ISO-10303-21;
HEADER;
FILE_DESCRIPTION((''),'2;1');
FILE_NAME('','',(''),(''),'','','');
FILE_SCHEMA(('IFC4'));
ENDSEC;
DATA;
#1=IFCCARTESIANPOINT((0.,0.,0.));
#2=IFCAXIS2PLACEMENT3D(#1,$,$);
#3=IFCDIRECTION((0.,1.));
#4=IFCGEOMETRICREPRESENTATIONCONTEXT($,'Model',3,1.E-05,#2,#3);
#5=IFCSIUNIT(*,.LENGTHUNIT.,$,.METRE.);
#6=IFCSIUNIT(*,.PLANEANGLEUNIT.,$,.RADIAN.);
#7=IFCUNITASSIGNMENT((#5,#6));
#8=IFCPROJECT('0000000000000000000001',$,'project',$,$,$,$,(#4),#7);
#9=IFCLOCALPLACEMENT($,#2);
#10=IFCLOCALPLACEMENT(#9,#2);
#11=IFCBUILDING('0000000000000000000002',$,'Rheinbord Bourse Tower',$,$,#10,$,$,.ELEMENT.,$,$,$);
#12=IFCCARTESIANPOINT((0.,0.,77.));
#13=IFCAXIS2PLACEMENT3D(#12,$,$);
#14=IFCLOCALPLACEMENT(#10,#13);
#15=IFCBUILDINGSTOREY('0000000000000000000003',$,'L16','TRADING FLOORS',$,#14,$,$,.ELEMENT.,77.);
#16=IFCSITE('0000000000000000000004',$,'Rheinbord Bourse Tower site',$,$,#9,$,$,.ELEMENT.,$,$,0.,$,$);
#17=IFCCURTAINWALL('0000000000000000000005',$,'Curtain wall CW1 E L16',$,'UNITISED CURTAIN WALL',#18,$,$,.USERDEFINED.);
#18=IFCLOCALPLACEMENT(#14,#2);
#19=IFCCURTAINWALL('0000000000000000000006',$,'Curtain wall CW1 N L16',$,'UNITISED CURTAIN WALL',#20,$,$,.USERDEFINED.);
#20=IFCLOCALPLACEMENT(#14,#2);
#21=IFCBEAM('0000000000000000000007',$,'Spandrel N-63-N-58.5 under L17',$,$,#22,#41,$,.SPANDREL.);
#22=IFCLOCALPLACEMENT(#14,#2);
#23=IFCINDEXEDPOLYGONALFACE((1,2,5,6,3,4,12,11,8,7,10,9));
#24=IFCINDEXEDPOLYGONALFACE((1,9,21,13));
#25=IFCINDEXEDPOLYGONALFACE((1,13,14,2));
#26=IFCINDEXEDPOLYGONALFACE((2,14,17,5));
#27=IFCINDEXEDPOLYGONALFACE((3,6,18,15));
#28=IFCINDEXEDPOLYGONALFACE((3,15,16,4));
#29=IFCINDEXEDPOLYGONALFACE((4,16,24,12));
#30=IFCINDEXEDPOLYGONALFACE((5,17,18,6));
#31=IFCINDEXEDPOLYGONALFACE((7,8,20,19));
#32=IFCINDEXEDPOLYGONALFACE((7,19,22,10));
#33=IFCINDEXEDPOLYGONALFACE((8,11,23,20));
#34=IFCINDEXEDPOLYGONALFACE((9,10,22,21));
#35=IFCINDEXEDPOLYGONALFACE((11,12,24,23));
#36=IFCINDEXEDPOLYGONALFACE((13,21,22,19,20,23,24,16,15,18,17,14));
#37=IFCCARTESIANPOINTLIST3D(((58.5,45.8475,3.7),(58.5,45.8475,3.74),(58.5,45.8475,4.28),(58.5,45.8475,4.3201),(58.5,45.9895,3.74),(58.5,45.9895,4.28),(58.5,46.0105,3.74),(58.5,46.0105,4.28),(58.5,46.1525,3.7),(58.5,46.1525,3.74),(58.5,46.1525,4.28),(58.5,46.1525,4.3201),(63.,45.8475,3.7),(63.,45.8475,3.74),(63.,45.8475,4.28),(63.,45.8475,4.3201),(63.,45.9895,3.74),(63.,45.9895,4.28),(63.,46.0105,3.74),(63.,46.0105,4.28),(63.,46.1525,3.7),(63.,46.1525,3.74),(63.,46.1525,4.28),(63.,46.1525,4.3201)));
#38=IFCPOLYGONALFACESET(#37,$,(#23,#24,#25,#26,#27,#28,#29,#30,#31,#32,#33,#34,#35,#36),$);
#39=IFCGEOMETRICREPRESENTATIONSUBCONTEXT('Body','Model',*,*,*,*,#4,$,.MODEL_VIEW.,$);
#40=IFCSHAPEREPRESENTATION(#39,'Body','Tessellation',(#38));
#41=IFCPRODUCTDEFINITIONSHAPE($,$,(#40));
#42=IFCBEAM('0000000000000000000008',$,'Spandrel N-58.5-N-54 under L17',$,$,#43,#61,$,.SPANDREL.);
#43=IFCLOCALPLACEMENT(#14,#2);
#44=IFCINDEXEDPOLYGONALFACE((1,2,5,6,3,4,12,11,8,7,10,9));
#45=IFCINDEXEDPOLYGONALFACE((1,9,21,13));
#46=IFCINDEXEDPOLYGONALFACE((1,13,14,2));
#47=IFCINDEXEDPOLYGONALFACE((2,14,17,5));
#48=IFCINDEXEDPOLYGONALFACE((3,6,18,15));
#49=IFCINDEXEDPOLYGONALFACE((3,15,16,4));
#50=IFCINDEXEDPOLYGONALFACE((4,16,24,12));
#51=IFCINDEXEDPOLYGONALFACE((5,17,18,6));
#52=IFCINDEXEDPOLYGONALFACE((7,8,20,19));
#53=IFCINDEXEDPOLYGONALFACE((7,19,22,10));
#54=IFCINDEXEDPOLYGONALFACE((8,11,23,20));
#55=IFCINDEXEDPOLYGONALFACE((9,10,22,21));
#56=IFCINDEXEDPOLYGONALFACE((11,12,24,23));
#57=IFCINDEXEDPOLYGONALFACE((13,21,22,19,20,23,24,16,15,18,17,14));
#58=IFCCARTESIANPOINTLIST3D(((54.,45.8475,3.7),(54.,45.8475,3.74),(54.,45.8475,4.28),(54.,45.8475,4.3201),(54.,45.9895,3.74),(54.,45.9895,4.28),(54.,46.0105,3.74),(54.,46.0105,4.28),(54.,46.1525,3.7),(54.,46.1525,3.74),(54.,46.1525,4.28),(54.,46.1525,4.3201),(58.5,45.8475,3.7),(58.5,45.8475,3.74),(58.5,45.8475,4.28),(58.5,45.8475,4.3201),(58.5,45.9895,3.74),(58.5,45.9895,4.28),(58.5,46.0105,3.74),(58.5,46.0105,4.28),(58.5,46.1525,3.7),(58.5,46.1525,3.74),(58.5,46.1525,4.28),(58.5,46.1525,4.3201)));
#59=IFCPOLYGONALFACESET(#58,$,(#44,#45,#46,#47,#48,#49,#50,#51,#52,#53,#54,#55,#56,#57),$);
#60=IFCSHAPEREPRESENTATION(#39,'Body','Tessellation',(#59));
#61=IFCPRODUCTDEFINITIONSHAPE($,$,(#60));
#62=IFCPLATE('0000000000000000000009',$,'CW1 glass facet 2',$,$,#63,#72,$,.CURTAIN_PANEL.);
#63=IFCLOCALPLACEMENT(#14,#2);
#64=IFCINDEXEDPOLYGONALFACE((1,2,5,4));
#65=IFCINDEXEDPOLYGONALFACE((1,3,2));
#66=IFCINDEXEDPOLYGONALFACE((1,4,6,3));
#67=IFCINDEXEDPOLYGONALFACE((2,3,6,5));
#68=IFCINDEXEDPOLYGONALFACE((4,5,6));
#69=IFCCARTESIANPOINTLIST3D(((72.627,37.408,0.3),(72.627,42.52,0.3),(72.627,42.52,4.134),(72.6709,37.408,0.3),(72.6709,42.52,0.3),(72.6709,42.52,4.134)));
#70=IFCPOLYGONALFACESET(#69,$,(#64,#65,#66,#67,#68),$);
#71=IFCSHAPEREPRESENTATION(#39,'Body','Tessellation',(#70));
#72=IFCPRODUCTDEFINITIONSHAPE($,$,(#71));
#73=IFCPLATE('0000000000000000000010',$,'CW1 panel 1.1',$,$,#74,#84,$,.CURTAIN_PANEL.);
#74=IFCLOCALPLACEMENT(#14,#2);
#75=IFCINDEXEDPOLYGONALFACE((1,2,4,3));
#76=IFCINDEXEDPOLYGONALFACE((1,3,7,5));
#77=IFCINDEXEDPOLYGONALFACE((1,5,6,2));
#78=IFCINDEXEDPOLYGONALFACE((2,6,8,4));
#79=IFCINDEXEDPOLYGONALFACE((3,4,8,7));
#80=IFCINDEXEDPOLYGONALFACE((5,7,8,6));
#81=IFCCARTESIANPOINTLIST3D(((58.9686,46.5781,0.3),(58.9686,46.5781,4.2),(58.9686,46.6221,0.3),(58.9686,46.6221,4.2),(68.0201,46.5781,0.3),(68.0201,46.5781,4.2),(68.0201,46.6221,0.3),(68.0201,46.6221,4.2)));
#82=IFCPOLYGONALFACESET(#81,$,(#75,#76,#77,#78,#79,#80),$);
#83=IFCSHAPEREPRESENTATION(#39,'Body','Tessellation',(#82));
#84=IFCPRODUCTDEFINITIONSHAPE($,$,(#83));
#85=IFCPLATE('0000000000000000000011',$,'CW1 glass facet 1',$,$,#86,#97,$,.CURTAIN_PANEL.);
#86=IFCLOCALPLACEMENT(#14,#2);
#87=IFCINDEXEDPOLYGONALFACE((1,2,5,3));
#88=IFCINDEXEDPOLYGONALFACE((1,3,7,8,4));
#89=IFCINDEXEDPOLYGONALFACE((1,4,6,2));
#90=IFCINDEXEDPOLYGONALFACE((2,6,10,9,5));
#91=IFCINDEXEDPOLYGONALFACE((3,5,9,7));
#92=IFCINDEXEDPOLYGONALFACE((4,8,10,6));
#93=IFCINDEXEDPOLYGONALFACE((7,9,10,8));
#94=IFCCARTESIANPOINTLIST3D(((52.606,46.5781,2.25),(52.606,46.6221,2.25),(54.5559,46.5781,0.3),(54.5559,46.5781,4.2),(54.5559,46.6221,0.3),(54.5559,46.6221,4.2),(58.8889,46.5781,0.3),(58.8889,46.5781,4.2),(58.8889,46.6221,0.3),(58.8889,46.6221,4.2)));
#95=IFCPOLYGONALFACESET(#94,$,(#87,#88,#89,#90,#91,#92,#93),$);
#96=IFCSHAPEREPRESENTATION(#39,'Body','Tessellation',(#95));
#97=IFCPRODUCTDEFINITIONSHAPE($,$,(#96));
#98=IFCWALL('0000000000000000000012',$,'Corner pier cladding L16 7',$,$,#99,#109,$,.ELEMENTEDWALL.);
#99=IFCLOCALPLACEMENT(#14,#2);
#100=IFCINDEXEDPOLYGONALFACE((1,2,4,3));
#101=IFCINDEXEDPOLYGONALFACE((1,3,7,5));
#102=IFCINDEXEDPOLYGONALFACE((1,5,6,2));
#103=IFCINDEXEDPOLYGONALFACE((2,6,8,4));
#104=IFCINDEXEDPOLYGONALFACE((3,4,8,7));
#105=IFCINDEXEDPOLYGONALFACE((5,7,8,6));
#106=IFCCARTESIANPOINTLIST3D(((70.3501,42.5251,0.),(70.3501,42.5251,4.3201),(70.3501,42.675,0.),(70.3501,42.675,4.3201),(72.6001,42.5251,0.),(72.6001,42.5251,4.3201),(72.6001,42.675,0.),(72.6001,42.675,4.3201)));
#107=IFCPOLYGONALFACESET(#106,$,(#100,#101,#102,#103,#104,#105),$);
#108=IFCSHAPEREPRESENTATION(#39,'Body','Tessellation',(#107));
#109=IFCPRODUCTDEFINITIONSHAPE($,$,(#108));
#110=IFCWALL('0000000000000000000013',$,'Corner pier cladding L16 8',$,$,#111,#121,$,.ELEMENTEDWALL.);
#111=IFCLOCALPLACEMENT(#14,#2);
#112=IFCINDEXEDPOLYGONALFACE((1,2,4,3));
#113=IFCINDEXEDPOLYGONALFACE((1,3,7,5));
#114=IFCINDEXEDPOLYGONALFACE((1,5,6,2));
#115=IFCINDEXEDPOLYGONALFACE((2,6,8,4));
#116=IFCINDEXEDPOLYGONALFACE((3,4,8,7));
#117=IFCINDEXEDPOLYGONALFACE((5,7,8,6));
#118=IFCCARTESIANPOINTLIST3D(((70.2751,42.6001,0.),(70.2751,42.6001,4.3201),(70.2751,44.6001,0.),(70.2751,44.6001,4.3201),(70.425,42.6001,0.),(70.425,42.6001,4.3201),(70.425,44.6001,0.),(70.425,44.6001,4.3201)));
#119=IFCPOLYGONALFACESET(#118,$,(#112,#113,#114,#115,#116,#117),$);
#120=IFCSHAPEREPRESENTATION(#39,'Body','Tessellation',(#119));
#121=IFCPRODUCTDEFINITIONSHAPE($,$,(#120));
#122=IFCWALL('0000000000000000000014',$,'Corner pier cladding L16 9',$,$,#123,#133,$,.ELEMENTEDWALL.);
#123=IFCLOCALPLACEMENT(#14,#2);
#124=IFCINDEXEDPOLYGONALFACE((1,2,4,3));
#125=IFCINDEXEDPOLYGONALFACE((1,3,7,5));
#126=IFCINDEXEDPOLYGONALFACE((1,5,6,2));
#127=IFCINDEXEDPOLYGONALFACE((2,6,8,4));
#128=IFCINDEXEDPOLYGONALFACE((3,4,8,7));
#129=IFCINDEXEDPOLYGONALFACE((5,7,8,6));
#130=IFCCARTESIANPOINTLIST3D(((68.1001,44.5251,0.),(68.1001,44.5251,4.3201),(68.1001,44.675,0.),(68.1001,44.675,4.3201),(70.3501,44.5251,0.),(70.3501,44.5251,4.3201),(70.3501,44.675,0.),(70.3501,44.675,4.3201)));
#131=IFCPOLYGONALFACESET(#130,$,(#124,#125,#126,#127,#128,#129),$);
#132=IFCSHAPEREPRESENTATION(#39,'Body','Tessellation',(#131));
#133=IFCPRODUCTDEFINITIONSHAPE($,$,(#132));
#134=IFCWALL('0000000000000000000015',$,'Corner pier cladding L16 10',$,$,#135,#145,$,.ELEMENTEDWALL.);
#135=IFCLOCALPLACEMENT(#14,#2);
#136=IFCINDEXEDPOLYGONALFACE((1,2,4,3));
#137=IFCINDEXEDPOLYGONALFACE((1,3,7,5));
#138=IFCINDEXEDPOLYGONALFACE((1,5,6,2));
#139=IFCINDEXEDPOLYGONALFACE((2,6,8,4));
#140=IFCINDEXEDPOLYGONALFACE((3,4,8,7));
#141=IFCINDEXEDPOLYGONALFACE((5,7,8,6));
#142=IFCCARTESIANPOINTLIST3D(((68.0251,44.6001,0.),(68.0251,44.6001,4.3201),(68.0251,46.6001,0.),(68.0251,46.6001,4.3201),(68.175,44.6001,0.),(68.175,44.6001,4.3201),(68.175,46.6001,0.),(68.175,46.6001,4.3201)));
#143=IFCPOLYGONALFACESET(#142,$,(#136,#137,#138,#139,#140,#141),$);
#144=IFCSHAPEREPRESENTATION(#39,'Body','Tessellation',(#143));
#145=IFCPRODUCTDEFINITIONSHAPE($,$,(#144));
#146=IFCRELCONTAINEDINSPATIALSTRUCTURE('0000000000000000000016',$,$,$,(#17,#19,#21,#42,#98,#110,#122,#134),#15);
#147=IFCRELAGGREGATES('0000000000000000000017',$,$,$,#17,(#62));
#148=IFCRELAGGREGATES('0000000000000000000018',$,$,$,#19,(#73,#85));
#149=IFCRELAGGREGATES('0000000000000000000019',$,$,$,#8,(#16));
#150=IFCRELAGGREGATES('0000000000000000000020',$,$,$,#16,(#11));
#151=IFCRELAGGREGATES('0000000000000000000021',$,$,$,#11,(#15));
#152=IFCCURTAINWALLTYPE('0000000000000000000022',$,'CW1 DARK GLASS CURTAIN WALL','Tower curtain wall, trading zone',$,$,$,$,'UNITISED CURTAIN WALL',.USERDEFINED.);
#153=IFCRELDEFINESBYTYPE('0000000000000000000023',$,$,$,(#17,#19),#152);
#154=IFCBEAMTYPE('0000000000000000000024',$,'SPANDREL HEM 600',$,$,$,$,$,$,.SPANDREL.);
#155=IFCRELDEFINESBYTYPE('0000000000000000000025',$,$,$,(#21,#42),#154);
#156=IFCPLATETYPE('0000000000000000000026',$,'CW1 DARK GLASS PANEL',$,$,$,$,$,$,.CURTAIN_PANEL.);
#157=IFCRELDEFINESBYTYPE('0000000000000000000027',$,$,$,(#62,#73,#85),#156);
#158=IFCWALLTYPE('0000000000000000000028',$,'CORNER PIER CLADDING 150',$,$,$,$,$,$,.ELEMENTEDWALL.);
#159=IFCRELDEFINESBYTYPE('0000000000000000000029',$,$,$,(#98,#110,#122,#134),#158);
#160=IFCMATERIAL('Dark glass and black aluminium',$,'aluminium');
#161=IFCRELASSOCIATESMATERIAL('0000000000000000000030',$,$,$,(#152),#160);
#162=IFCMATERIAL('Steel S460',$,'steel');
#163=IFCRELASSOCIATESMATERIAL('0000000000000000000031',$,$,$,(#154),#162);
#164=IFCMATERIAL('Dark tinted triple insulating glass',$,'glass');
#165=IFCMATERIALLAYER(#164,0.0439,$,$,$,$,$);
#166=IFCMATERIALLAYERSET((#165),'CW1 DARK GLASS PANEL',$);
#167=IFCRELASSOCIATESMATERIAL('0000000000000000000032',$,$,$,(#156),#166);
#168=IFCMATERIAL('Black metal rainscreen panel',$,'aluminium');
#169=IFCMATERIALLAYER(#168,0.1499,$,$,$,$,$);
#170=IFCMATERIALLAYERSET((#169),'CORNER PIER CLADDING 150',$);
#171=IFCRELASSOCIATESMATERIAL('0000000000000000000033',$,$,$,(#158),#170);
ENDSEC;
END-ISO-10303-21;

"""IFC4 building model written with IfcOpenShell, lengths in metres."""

from ifc_helpers import new_model, si_unit, direction, frame, frame_2d, origin, origin_2d, place, context, subcontext, project, spatial, polyline, rectangle, i_section, outline, extrude, material, layer, layer_set, material_profile, profile_set, type_object, element, aggregate, save


model = new_model("IFC4")

# Units and contexts
model_context = context("Model", 3, precision=1e-05, world=origin(), true_north=direction((0.0, 1.0)))
body_context = subcontext(model_context, "Body", "Model", "MODEL_VIEW")
ifc_project = project(units=[si_unit("LENGTHUNIT", "METRE"), si_unit("PLANEANGLEUNIT", "RADIAN")], contexts=[model_context])

# Site, building, storey
site_placement = place(None, origin())
site = spatial("IfcSite", under=ifc_project, at=site_placement, Name="Rheinbord Bourse Tower site", CompositionType="ELEMENT", RefElevation=0.0)
building_placement = place(site_placement, origin())
building = spatial("IfcBuilding", under=site, at=building_placement, Name="Rheinbord Bourse Tower", CompositionType="ELEMENT")
storey_placement = place(building_placement, frame((0.0, 0.0, 77.0)))
storey = spatial("IfcBuildingStorey", under=building, at=storey_placement, Name="L16", Description="TRADING FLOORS", CompositionType="ELEMENT", Elevation=77.0)

# Curtain wall
ifc_material_1 = material(Name="Dark glass and black aluminium", Category="aluminium")
curtain_wall_type = type_object("IfcCurtainWallType", Name="CW1 DARK GLASS CURTAIN WALL", Description="Tower curtain wall, trading zone", ElementType="UNITISED CURTAIN WALL", PredefinedType="USERDEFINED", material=ifc_material_1)
curtain_wall_1_placement = place(storey_placement, origin())
curtain_wall_1 = element("IfcCurtainWall", 1, at=curtain_wall_1_placement, inside=storey, type_object=curtain_wall_type, Name="Curtain wall CW1 E L16", ObjectType="UNITISED CURTAIN WALL", PredefinedType="USERDEFINED")

# Curtain wall
curtain_wall_2_placement = place(storey_placement, origin())
curtain_wall_2 = element("IfcCurtainWall", 2, at=curtain_wall_2_placement, inside=storey, type_object=curtain_wall_type, Name="Curtain wall CW1 N L16", ObjectType="UNITISED CURTAIN WALL", PredefinedType="USERDEFINED")

# Beams
ifc_material_2 = material(Name="Steel S460", Category="steel")
ifc_material_profile_1 = material_profile(ifc_material_2, i_section(OverallWidth=0.3049, OverallDepth=0.6201, WebThickness=0.021, FlangeThickness=0.04, at=origin_2d()), Name="HEM 600")
ifc_profile_set_1 = profile_set([ifc_material_profile_1], Name="Steel S460")
beam_type_1 = type_object("IfcBeamType", Name="SPANDREL HEM 600", PredefinedType="SPANDREL", material=ifc_profile_set_1)
for number, where, z_axis, x_axis, name in (
    (3, (63.0, 46.0, 4.01), (-1.0, 0.0, 0.0), (0.0, -1.0, 0.0), "Spandrel N-63-N-58.5 under L17"),
    (4, (58.5, 46.0, 4.01), (-1.0, 0.0, 0.0), (0.0, -1.0, 0.0), "Spandrel N-58.5-N-54 under L17"),
):
    element("IfcBeam", number, at=place(storey_placement, frame(where, z_axis=z_axis, x_axis=x_axis)), inside=storey, type_object=beam_type_1, Name=name, PredefinedType="SPANDREL", context=body_context, shape_type="SweptSolid", body=[
        extrude(i_section(OverallWidth=0.3049, OverallDepth=0.6201, WebThickness=0.021, FlangeThickness=0.04, at=origin_2d()), origin(), (0.0, 0.0, 1.0), 4.5),
    ])

# Plates
ifc_material_3 = material(Name="Dark tinted triple insulating glass", Category="glass")
ifc_layer_1 = layer(ifc_material_3, 0.0439)
ifc_layer_set_1 = layer_set([ifc_layer_1], Name="CW1 DARK GLASS PANEL")
plate_type = type_object("IfcPlateType", Name="CW1 DARK GLASS PANEL", PredefinedType="CURTAIN_PANEL", material=ifc_layer_set_1)
plate_1_placement = place(storey_placement, frame((72.6709, 42.52, 0.3), z_axis=(-1.0, 0.0, 0.0), x_axis=(0.0, -1.0, 0.0)))
plate_1 = element("IfcPlate", 5, at=plate_1_placement, type_object=plate_type, Name="CW1 glass facet 2", PredefinedType="CURTAIN_PANEL", context=body_context, shape_type="SweptSolid", body=[
    extrude(outline(polyline([(0.0, 0.0), (5.1121, 0.0), (0.0, 3.834), (0.0, 0.0)])), origin(), (0.0, 0.0, 1.0), 0.0439),
])
aggregate(curtain_wall_1, [plate_1])
plate_2_placement = place(storey_placement, frame((63.4944, 46.6001, 0.3), z_axis=(0.0, 0.0, 1.0), x_axis=(-1.0, 0.0, 0.0)))
plate_2 = element("IfcPlate", 6, at=plate_2_placement, type_object=plate_type, Name="CW1 panel 1.1", PredefinedType="CURTAIN_PANEL", context=body_context, shape_type="SweptSolid", body=[
    extrude(rectangle(XDim=9.0515, YDim=0.0439, at=origin_2d()), origin(), (0.0, 0.0, 1.0), 3.8999),
])
plate_3_placement = place(storey_placement, frame((58.8889, 46.6221, 0.3), z_axis=(0.0, -1.0, 0.0), x_axis=(0.0, 0.0, 1.0)))
plate_3 = element("IfcPlate", 7, at=plate_3_placement, type_object=plate_type, Name="CW1 glass facet 1", PredefinedType="CURTAIN_PANEL", context=body_context, shape_type="SweptSolid", body=[
    extrude(outline(polyline([(0.0, 0.0), (3.8999, 0.0), (3.8999, 4.333), (1.95, 6.283), (0.0, 4.333), (0.0, 0.0)])), origin(), (0.0, 0.0, 1.0), 0.0439),
])
aggregate(curtain_wall_2, [plate_2, plate_3])

# Walls
ifc_material_4 = material(Name="Black metal rainscreen panel", Category="aluminium")
ifc_layer_2 = layer(ifc_material_4, 0.1499)
ifc_layer_set_2 = layer_set([ifc_layer_2], Name="CORNER PIER CLADDING 150")
wall_type = type_object("IfcWallType", Name="CORNER PIER CLADDING 150", PredefinedType="ELEMENTEDWALL", material=ifc_layer_set_2)
wall_1_placement = place(storey_placement, frame((72.6001, 42.6001, 0.0), z_axis=(0.0, 0.0, 1.0), x_axis=(-1.0, 0.0, 0.0)))
element("IfcWall", 8, at=wall_1_placement, inside=storey, type_object=wall_type, Name="Corner pier cladding L16 7", PredefinedType="ELEMENTEDWALL", context=body_context, shape_type="SweptSolid", body=[
    extrude(rectangle(XDim=2.25, YDim=0.1499, at=frame_2d((1.125, 0.0))), origin(), (0.0, 0.0, 1.0), 4.3201),
])
wall_2_placement = place(storey_placement, frame((70.3501, 42.6001, 0.0), z_axis=(0.0, 0.0, 1.0), x_axis=(0.0, 1.0, 0.0)))
element("IfcWall", 9, at=wall_2_placement, inside=storey, type_object=wall_type, Name="Corner pier cladding L16 8", PredefinedType="ELEMENTEDWALL", context=body_context, shape_type="SweptSolid", body=[
    extrude(rectangle(XDim=2.0, YDim=0.1499, at=frame_2d((1.0, 0.0))), origin(), (0.0, 0.0, 1.0), 4.3201),
])
wall_3_placement = place(storey_placement, frame((70.3501, 44.6001, 0.0), z_axis=(0.0, 0.0, 1.0), x_axis=(-1.0, 0.0, 0.0)))
element("IfcWall", 10, at=wall_3_placement, inside=storey, type_object=wall_type, Name="Corner pier cladding L16 9", PredefinedType="ELEMENTEDWALL", context=body_context, shape_type="SweptSolid", body=[
    extrude(rectangle(XDim=2.25, YDim=0.1499, at=frame_2d((1.125, 0.0))), origin(), (0.0, 0.0, 1.0), 4.3201),
])
wall_4_placement = place(storey_placement, frame((68.1001, 44.6001, 0.0), z_axis=(0.0, 0.0, 1.0), x_axis=(0.0, 1.0, 0.0)))
element("IfcWall", 11, at=wall_4_placement, inside=storey, type_object=wall_type, Name="Corner pier cladding L16 10", PredefinedType="ELEMENTEDWALL", context=body_context, shape_type="SweptSolid", body=[
    extrude(rectangle(XDim=2.0, YDim=0.1499, at=frame_2d((1.0, 0.0))), origin(), (0.0, 0.0, 1.0), 4.3201),
])

save(model, "model.ifc")
